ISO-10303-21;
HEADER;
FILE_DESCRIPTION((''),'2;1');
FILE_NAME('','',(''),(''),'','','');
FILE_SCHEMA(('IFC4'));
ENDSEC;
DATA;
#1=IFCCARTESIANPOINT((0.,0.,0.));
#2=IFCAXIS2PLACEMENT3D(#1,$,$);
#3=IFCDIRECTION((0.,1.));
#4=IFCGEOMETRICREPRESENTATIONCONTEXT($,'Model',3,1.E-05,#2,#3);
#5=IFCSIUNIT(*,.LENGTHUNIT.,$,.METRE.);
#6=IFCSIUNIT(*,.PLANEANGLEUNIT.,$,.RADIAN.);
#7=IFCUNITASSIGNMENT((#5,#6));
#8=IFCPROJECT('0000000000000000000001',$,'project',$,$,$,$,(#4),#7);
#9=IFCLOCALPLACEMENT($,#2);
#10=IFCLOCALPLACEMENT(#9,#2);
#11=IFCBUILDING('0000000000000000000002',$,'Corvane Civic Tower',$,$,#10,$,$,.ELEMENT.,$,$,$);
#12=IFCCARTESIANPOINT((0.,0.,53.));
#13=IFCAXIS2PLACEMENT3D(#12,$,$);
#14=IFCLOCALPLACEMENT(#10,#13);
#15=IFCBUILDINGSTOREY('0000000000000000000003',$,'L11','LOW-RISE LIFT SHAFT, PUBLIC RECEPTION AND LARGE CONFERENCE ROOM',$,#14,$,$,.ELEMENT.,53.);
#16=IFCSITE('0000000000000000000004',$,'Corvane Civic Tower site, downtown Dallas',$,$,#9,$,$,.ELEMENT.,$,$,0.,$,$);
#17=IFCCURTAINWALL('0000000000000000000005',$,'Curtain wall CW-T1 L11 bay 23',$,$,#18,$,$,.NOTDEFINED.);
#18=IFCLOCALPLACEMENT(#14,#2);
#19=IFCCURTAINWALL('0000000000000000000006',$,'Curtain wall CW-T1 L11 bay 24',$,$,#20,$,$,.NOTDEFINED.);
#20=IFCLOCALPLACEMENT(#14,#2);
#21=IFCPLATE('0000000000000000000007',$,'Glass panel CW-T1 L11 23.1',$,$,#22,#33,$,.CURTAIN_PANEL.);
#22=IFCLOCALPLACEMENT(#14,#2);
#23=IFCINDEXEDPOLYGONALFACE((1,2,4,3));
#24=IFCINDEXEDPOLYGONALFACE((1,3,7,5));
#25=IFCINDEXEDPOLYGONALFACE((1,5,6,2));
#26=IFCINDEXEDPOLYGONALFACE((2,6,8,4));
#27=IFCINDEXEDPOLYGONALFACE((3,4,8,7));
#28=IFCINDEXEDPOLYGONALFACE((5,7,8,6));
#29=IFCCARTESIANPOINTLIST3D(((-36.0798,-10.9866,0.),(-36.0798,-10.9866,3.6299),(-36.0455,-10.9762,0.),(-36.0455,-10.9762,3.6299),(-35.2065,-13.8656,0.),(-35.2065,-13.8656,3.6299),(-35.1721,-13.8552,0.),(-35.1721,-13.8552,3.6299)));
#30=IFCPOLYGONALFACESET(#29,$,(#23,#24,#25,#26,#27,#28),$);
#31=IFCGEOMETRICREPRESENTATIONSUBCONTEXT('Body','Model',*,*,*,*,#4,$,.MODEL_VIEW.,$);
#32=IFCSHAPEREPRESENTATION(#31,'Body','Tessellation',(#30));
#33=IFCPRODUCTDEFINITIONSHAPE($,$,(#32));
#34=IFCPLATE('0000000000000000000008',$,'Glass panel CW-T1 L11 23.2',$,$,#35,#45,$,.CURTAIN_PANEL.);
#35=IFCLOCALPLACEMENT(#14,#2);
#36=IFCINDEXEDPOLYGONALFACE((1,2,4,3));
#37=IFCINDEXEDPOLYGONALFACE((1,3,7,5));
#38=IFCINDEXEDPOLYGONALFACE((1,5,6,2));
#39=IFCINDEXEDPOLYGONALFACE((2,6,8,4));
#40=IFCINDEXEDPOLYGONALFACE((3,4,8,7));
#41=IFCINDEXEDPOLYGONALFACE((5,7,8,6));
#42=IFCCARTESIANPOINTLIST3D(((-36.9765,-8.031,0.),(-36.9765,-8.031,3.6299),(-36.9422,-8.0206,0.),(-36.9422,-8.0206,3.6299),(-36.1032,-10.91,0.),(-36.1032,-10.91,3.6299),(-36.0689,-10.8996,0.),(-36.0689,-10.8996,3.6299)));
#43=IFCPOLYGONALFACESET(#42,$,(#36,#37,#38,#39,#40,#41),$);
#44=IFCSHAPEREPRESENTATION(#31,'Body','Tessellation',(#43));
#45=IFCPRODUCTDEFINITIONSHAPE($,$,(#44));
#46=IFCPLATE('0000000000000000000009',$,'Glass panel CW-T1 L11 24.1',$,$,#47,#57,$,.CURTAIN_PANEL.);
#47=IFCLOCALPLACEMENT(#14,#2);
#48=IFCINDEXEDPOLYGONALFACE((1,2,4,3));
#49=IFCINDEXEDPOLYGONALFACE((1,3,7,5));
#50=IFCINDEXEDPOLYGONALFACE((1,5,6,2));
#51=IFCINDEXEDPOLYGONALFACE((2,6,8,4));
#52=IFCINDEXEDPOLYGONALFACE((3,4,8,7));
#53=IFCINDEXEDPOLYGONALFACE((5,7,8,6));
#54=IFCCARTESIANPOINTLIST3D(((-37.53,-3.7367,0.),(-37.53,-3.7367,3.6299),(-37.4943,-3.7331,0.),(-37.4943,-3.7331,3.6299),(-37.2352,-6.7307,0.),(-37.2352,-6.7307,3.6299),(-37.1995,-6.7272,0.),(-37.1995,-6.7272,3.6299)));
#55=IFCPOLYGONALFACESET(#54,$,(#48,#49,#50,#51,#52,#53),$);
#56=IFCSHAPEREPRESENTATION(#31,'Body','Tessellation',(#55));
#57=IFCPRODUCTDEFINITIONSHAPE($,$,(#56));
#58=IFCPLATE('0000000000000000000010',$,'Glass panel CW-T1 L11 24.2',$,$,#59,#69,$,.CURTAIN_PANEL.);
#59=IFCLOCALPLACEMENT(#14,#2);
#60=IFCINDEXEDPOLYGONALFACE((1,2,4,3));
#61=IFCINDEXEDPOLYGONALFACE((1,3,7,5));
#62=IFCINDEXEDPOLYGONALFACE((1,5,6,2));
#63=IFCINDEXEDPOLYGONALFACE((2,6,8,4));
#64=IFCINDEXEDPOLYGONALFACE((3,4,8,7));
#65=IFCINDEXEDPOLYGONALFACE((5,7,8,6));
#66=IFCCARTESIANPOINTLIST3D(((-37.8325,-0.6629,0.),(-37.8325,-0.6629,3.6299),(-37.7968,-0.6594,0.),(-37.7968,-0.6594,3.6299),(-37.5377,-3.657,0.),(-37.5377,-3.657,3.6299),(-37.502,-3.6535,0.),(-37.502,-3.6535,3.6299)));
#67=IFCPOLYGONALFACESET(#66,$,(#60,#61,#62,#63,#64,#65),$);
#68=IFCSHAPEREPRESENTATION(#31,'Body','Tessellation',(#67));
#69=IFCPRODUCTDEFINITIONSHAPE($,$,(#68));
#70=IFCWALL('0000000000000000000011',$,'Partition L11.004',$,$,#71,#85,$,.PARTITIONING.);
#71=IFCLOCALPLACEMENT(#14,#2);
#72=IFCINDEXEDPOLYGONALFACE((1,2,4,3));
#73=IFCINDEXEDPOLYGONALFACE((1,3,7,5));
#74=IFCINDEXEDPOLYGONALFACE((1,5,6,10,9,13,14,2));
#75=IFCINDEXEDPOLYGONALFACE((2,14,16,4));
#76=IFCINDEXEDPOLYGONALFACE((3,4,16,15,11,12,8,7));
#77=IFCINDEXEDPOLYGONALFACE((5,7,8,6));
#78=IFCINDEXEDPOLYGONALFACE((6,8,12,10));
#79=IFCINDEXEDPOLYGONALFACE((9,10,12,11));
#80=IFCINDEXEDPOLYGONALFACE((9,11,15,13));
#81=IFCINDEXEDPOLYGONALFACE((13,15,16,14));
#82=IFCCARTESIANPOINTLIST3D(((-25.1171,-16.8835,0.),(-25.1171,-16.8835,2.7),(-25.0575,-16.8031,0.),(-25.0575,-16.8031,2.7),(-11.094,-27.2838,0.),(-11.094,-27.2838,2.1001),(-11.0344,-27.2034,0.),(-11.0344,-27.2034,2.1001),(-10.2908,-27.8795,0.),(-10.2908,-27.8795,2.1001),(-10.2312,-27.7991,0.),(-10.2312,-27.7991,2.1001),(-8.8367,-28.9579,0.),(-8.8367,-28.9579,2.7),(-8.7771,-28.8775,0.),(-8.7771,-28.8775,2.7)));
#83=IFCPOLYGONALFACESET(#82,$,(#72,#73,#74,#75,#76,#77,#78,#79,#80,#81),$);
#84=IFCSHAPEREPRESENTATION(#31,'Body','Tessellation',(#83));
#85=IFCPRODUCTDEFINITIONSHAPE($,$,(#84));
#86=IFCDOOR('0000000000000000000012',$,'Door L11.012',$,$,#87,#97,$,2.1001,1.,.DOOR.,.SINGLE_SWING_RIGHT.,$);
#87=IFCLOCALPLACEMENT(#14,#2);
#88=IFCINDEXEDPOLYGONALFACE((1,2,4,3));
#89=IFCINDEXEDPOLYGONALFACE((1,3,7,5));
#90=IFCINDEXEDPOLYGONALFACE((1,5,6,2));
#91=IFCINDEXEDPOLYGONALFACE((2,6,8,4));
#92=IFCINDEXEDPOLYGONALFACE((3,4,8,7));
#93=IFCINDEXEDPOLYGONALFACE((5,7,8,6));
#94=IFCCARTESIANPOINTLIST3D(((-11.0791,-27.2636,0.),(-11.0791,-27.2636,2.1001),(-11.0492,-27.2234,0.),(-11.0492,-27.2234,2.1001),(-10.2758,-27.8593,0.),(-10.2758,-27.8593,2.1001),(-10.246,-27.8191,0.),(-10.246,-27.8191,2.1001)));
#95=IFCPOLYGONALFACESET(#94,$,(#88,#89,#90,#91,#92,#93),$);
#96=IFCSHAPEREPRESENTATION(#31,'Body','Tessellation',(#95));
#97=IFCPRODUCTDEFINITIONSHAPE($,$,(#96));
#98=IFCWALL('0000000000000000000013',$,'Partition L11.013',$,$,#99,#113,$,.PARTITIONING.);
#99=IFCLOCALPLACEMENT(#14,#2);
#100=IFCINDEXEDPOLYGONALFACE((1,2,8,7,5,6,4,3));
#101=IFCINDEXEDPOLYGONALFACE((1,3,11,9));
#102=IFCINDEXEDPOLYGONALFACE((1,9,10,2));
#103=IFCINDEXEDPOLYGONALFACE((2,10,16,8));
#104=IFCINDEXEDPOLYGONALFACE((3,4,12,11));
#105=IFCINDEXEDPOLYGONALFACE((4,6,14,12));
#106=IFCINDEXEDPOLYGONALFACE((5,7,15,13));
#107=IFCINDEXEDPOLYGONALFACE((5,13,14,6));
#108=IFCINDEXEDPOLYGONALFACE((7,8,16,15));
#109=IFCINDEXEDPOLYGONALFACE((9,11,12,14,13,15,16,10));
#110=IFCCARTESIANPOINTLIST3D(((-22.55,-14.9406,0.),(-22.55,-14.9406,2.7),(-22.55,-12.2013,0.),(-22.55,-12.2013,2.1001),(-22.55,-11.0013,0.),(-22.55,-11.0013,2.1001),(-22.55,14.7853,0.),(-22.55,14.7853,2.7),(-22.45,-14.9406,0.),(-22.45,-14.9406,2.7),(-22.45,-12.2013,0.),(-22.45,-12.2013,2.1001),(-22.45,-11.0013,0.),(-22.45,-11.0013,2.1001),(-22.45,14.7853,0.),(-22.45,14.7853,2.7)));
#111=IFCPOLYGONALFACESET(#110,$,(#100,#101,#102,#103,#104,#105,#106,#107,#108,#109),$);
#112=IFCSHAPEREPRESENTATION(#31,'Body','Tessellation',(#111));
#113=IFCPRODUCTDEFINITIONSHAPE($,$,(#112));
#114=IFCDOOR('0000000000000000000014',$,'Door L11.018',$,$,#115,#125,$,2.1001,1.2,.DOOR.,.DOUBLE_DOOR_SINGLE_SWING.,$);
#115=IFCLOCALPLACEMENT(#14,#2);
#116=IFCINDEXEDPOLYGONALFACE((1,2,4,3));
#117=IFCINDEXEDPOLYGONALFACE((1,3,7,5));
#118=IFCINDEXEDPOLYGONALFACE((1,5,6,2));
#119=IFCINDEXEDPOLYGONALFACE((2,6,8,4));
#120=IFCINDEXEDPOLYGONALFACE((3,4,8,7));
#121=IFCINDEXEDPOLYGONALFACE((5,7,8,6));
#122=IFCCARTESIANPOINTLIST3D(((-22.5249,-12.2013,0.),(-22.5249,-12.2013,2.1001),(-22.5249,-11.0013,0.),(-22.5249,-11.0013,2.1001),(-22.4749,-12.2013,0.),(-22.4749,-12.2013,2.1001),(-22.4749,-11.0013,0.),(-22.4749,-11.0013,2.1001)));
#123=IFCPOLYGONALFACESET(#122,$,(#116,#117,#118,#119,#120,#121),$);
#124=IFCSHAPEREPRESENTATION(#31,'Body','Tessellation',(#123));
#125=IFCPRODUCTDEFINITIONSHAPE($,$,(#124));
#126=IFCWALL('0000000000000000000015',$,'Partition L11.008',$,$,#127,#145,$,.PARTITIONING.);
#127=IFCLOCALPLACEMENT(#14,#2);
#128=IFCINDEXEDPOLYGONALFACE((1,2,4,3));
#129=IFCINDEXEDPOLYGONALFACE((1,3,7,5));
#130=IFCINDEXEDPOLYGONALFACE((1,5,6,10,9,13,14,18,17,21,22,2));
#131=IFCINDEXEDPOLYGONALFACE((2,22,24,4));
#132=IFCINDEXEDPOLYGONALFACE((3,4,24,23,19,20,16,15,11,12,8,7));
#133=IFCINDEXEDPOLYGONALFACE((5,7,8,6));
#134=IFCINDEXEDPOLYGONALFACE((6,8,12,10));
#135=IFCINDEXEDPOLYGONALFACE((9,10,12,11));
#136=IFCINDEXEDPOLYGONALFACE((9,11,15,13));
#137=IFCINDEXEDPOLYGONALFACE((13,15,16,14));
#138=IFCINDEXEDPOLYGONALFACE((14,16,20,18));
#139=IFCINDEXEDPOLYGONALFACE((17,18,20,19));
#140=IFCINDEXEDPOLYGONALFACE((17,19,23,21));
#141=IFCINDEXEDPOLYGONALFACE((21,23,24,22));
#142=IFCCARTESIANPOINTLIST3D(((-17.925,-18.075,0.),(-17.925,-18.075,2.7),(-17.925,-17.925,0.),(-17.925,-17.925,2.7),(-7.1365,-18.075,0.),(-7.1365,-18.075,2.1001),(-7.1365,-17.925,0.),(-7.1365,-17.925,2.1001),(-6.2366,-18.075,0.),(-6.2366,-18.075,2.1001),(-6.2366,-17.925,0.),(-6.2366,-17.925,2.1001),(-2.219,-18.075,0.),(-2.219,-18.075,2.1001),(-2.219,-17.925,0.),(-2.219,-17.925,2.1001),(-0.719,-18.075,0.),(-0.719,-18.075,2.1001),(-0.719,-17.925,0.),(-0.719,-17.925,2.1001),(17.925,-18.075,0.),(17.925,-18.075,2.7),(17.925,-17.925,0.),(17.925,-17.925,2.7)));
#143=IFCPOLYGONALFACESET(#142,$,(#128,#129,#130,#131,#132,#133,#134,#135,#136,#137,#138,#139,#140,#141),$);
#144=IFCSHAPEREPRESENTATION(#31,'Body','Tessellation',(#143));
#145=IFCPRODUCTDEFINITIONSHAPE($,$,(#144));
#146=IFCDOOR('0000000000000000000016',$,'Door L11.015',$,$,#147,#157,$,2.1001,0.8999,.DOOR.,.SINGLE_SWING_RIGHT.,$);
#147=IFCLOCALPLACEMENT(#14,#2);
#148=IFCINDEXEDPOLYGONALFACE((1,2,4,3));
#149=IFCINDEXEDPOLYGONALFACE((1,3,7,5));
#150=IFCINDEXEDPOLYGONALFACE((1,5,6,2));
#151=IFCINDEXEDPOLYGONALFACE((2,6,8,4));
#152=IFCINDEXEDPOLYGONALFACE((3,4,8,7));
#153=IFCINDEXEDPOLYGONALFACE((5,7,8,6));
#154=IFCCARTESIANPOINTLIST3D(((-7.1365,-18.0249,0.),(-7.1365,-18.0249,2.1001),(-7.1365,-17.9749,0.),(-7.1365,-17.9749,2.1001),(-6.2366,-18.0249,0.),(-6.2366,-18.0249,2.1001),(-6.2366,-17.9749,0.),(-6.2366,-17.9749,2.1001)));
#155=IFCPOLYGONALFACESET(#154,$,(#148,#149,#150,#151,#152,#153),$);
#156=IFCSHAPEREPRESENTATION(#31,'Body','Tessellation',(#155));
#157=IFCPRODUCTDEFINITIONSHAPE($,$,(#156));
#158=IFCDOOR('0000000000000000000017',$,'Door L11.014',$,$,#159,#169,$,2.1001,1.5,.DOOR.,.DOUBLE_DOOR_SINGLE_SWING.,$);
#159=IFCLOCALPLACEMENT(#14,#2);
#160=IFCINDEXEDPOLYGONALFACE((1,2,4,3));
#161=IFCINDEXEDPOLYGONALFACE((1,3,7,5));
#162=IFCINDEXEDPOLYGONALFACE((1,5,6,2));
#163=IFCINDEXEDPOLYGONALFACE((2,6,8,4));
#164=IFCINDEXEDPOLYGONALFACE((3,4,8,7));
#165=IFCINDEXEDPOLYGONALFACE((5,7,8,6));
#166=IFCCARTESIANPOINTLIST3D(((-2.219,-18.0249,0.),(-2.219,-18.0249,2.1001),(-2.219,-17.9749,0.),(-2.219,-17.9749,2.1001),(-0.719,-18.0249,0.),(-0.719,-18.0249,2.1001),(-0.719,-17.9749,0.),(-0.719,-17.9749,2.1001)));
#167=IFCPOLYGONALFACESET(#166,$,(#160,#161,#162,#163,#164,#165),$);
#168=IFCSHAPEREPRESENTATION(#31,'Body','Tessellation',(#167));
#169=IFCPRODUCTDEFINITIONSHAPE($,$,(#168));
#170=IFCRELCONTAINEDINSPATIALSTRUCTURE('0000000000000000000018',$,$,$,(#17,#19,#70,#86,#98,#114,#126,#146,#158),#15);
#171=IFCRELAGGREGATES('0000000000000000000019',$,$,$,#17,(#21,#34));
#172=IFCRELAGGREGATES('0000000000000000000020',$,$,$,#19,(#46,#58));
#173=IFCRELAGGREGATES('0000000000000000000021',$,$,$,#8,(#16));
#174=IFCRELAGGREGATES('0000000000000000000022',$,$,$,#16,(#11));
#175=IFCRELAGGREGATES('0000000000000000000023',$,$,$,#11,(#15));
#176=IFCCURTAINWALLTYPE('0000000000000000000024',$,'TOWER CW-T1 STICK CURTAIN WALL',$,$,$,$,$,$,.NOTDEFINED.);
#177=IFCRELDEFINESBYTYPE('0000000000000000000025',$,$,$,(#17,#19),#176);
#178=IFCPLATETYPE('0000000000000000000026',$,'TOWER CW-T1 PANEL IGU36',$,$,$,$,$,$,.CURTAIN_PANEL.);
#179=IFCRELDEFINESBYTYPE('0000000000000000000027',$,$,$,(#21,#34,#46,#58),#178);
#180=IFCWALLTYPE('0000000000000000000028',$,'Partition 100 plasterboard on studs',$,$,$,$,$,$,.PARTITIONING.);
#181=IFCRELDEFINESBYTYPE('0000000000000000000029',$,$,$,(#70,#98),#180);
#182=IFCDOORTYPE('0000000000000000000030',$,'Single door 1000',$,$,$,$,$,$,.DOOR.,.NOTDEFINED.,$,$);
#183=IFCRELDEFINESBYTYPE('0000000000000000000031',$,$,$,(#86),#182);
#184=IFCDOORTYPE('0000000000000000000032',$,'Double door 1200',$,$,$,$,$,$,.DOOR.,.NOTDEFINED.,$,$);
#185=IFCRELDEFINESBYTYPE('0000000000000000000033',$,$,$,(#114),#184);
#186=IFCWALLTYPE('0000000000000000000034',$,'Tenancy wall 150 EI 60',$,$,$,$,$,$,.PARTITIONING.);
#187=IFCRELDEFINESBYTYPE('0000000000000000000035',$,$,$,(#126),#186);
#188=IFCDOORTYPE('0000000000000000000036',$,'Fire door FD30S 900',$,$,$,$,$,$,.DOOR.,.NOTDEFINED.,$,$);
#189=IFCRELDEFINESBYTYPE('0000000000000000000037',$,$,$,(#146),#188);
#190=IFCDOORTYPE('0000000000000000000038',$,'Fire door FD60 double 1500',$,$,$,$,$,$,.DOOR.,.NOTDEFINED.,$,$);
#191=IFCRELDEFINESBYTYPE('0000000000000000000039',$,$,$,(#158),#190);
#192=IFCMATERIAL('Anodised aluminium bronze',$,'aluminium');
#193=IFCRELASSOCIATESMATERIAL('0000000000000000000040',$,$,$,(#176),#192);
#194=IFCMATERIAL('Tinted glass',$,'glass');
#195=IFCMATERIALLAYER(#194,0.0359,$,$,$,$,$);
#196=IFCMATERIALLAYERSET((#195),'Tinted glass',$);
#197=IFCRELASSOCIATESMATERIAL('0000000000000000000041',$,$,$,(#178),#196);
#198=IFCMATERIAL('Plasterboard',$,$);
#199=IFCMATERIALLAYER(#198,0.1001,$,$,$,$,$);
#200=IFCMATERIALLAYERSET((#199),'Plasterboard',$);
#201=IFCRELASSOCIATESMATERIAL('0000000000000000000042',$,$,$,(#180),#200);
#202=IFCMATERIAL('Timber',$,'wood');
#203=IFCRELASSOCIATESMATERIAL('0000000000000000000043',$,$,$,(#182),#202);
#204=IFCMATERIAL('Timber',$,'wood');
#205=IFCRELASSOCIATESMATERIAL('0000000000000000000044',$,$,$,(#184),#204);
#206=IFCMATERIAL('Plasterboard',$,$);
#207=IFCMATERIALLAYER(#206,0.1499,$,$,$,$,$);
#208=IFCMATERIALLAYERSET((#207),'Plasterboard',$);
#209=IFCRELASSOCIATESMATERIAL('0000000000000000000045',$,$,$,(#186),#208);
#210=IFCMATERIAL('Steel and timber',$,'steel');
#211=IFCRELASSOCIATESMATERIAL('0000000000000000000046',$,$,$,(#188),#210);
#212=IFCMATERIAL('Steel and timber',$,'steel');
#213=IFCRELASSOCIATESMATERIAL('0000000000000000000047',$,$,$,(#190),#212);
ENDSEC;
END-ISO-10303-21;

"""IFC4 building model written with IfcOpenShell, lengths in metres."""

from ifc_helpers import new_model, si_unit, direction, frame, frame_2d, origin, origin_2d, place, context, subcontext, project, spatial, rectangle, extrude, material, layer, layer_set, type_object, element, fill, aggregate, save


model = new_model("IFC4")

# Units and contexts
model_context = context("Model", 3, precision=1e-05, world=origin(), true_north=direction((0.0, 1.0)))
body_context = subcontext(model_context, "Body", "Model", "MODEL_VIEW")
ifc_project = project(units=[si_unit("LENGTHUNIT", "METRE"), si_unit("PLANEANGLEUNIT", "RADIAN")], contexts=[model_context])

# Site, building, storey
site_placement = place(None, origin())
site = spatial("IfcSite", under=ifc_project, at=site_placement, Name="Corvane Civic Tower site, downtown Dallas", CompositionType="ELEMENT", RefElevation=0.0)
building_placement = place(site_placement, origin())
building = spatial("IfcBuilding", under=site, at=building_placement, Name="Corvane Civic Tower", CompositionType="ELEMENT")
storey_placement = place(building_placement, frame((0.0, 0.0, 53.0)))
storey = spatial("IfcBuildingStorey", under=building, at=storey_placement, Name="L11", Description="LOW-RISE LIFT SHAFT, PUBLIC RECEPTION AND LARGE CONFERENCE ROOM", CompositionType="ELEMENT", Elevation=53.0)

# Shared definitions
ifc_material_1 = material(Name="Anodised aluminium bronze", Category="aluminium")
curtain_wall_type = type_object("IfcCurtainWallType", Name="TOWER CW-T1 STICK CURTAIN WALL", PredefinedType="NOTDEFINED", material=ifc_material_1)

# Curtain walls
curtain_wall_1_placement = place(storey_placement, origin())
curtain_wall_1 = element("IfcCurtainWall", 1, at=curtain_wall_1_placement, inside=storey, type_object=curtain_wall_type, Name="Curtain wall CW-T1 L11 bay 23", PredefinedType="NOTDEFINED")
curtain_wall_2_placement = place(storey_placement, origin())
curtain_wall_2 = element("IfcCurtainWall", 2, at=curtain_wall_2_placement, inside=storey, type_object=curtain_wall_type, Name="Curtain wall CW-T1 L11 bay 24", PredefinedType="NOTDEFINED")

# Plates
ifc_material_2 = material(Name="Tinted glass", Category="glass")
ifc_layer_1 = layer(ifc_material_2, 0.0359)
ifc_layer_set_1 = layer_set([ifc_layer_1], Name="Tinted glass")
plate_type = type_object("IfcPlateType", Name="TOWER CW-T1 PANEL IGU36", PredefinedType="CURTAIN_PANEL", material=ifc_layer_set_1)
plate_1_placement = place(storey_placement, frame((-35.626, -12.4209, 0.0), z_axis=(0.0, 0.0, 1.0), x_axis=(-0.290278, 0.956942, 0.0)))
plate_1 = element("IfcPlate", 3, at=plate_1_placement, type_object=plate_type, Name="Glass panel CW-T1 L11 23.1", PredefinedType="CURTAIN_PANEL", context=body_context, shape_type="SweptSolid", body=[
    extrude(rectangle(XDim=3.0085, YDim=0.0359, at=origin_2d()), origin(), (0.0, 0.0, 1.0), 3.6299),
])
plate_2_placement = place(storey_placement, frame((-36.5227, -9.4653, 0.0), z_axis=(0.0, 0.0, 1.0), x_axis=(-0.290278, 0.956942, 0.0)))
plate_2 = element("IfcPlate", 4, at=plate_2_placement, type_object=plate_type, Name="Glass panel CW-T1 L11 23.2", PredefinedType="CURTAIN_PANEL", context=body_context, shape_type="SweptSolid", body=[
    extrude(rectangle(XDim=3.0085, YDim=0.0359, at=origin_2d()), origin(), (0.0, 0.0, 1.0), 3.6299),
])
aggregate(curtain_wall_1, [plate_1, plate_2])
plate_3_placement = place(storey_placement, frame((-37.3647, -5.2319, 0.0), z_axis=(0.0, 0.0, 1.0), x_axis=(-0.098006, 0.995186, 0.0)))
plate_3 = element("IfcPlate", 5, at=plate_3_placement, type_object=plate_type, Name="Glass panel CW-T1 L11 24.1", PredefinedType="CURTAIN_PANEL", context=body_context, shape_type="SweptSolid", body=[
    extrude(rectangle(XDim=3.0085, YDim=0.0359, at=origin_2d()), origin(), (0.0, 0.0, 1.0), 3.6299),
])
plate_4_placement = place(storey_placement, frame((-37.6672, -2.1582, 0.0), z_axis=(0.0, 0.0, 1.0), x_axis=(-0.098006, 0.995186, 0.0)))
plate_4 = element("IfcPlate", 6, at=plate_4_placement, type_object=plate_type, Name="Glass panel CW-T1 L11 24.2", PredefinedType="CURTAIN_PANEL", context=body_context, shape_type="SweptSolid", body=[
    extrude(rectangle(XDim=3.0085, YDim=0.0359, at=origin_2d()), origin(), (0.0, 0.0, 1.0), 3.6299),
])
aggregate(curtain_wall_2, [plate_3, plate_4])

# Walls, openings, doors
ifc_material_3 = material(Name="Plasterboard")
ifc_layer_2 = layer(ifc_material_3, 0.1001)
ifc_layer_set_2 = layer_set([ifc_layer_2], Name="Plasterboard")
wall_type_1 = type_object("IfcWallType", Name="Partition 100 plasterboard on studs", PredefinedType="PARTITIONING", material=ifc_layer_set_2)
wall_1_placement = place(storey_placement, frame((-25.0874, -16.8433, 0.0), z_axis=(0.0, 0.0, 1.0), x_axis=(0.803207, -0.5957, 0.0)))
wall_1 = element("IfcWall", 7, at=wall_1_placement, inside=storey, type_object=wall_type_1, Name="Partition L11.004", PredefinedType="PARTITIONING", context=body_context, shape_type="SweptSolid", body=[
    extrude(rectangle(XDim=20.2693, YDim=0.1001, at=frame_2d((10.1348, 0.0))), origin(), (0.0, 0.0, 1.0), 2.7),
])
opening_1_placement = place(wall_1_placement, frame((17.459, 0.0, 0.0)))
opening_1 = element("IfcOpeningElement", 8, at=opening_1_placement, cuts=wall_1, PredefinedType="OPENING", context=body_context, shape_type="SweptSolid", body=[
    extrude(rectangle(XDim=1.0, YDim=2.1001, at=frame_2d((0.5, 1.05))), frame((0.0, 0.0601, 0.0), z_axis=(0.0, -1.0, 0.0), x_axis=(1.0, 0.0, 0.0)), (0.0, 0.0, 1.0), 0.1201),
])
ifc_material_4 = material(Name="Timber", Category="wood")
door_type_1 = type_object("IfcDoorType", Name="Single door 1000", OperationType="NOTDEFINED", PredefinedType="DOOR", material=ifc_material_4)
door_1_placement = place(opening_1_placement, frame((1.0, 0.0, 0.0), z_axis=(0.0, 0.0, 1.0), x_axis=(-1.0, 0.0, 0.0)))
door_1 = element("IfcDoor", 9, at=door_1_placement, inside=storey, type_object=door_type_1, Name="Door L11.012", OperationType="SINGLE_SWING_RIGHT", OverallHeight=2.1001, OverallWidth=1.0, PredefinedType="DOOR", context=body_context, shape_type="SweptSolid", body=[
    extrude(rectangle(XDim=1.0, YDim=2.1001, at=frame_2d((0.5, 1.05))), frame((0.0, 0.0249, 0.0), z_axis=(0.0, -1.0, 0.0), x_axis=(1.0, 0.0, 0.0)), (0.0, 0.0, 1.0), 0.05),
])
fill(opening_1, door_1)
wall_2_placement = place(storey_placement, frame((-22.5, -14.9404, 0.0), z_axis=(0.0, 0.0, 1.0), x_axis=(0.0, 1.0, 0.0)))
wall_2 = element("IfcWall", 10, at=wall_2_placement, inside=storey, type_object=wall_type_1, Name="Partition L11.013", PredefinedType="PARTITIONING", context=body_context, shape_type="SweptSolid", body=[
    extrude(rectangle(XDim=29.7258, YDim=0.1001, at=frame_2d((14.8628, 0.0))), origin(), (0.0, 0.0, 1.0), 2.7),
])
opening_2_placement = place(wall_2_placement, frame((2.739, 0.0, 0.0)))
opening_2 = element("IfcOpeningElement", 11, at=opening_2_placement, cuts=wall_2, PredefinedType="OPENING", context=body_context, shape_type="SweptSolid", body=[
    extrude(rectangle(XDim=1.2, YDim=2.1001, at=frame_2d((0.6001, 1.05))), frame((0.0, 0.0601, 0.0), z_axis=(0.0, -1.0, 0.0), x_axis=(1.0, 0.0, 0.0)), (0.0, 0.0, 1.0), 0.1201),
])
ifc_material_5 = material(Name="Timber", Category="wood")
door_type_2 = type_object("IfcDoorType", Name="Double door 1200", OperationType="NOTDEFINED", PredefinedType="DOOR", material=ifc_material_5)
door_2_placement = place(opening_2_placement, origin())
door_2 = element("IfcDoor", 12, at=door_2_placement, inside=storey, type_object=door_type_2, Name="Door L11.018", OperationType="DOUBLE_DOOR_SINGLE_SWING", OverallHeight=2.1001, OverallWidth=1.2, PredefinedType="DOOR", context=body_context, shape_type="SweptSolid", body=[
    extrude(rectangle(XDim=1.2, YDim=2.1001, at=frame_2d((0.6001, 1.05))), frame((0.0, 0.0249, 0.0), z_axis=(0.0, -1.0, 0.0), x_axis=(1.0, 0.0, 0.0)), (0.0, 0.0, 1.0), 0.05),
])
fill(opening_2, door_2)

# Wall, openings, doors
ifc_material_6 = material(Name="Plasterboard")
ifc_layer_3 = layer(ifc_material_6, 0.1499)
ifc_layer_set_3 = layer_set([ifc_layer_3], Name="Plasterboard")
wall_type_2 = type_object("IfcWallType", Name="Tenancy wall 150 EI 60", PredefinedType="PARTITIONING", material=ifc_layer_set_3)
wall_3_placement = place(storey_placement, frame((-17.925, -18.0, 0.0), z_axis=(0.0, 0.0, 1.0), x_axis=(1.0, 0.0, 0.0)))
wall_3 = element("IfcWall", 13, at=wall_3_placement, inside=storey, type_object=wall_type_2, Name="Partition L11.008", PredefinedType="PARTITIONING", context=body_context, shape_type="SweptSolid", body=[
    extrude(rectangle(XDim=35.8501, YDim=0.1499, at=frame_2d((17.925, 0.0))), origin(), (0.0, 0.0, 1.0), 2.7),
])
opening_3_placement = place(wall_3_placement, frame((15.7061, 0.0, 0.0)))
opening_3 = element("IfcOpeningElement", 14, at=opening_3_placement, cuts=wall_3, PredefinedType="OPENING", context=body_context, shape_type="SweptSolid", body=[
    extrude(rectangle(XDim=1.5, YDim=2.1001, at=frame_2d((0.75, 1.05))), frame((0.0, 0.085, 0.0), z_axis=(0.0, -1.0, 0.0), x_axis=(1.0, 0.0, 0.0)), (0.0, 0.0, 1.0), 0.1699),
])
opening_4_placement = place(wall_3_placement, frame((10.7886, 0.0, 0.0)))
opening_4 = element("IfcOpeningElement", 15, at=opening_4_placement, cuts=wall_3, PredefinedType="OPENING", context=body_context, shape_type="SweptSolid", body=[
    extrude(rectangle(XDim=0.8999, YDim=2.1001, at=frame_2d((0.45, 1.05))), frame((0.0, 0.085, 0.0), z_axis=(0.0, -1.0, 0.0), x_axis=(1.0, 0.0, 0.0)), (0.0, 0.0, 1.0), 0.1699),
])
ifc_material_7 = material(Name="Steel and timber", Category="steel")
door_type_3 = type_object("IfcDoorType", Name="Fire door FD30S 900", OperationType="NOTDEFINED", PredefinedType="DOOR", material=ifc_material_7)
door_3_placement = place(opening_4_placement, frame((0.8999, 0.0, 0.0), z_axis=(0.0, 0.0, 1.0), x_axis=(-1.0, 0.0, 0.0)))
door_3 = element("IfcDoor", 16, at=door_3_placement, inside=storey, type_object=door_type_3, Name="Door L11.015", OperationType="SINGLE_SWING_RIGHT", OverallHeight=2.1001, OverallWidth=0.8999, PredefinedType="DOOR", context=body_context, shape_type="SweptSolid", body=[
    extrude(rectangle(XDim=0.8999, YDim=2.1001, at=frame_2d((0.45, 1.05))), frame((0.0, 0.0249, 0.0), z_axis=(0.0, -1.0, 0.0), x_axis=(1.0, 0.0, 0.0)), (0.0, 0.0, 1.0), 0.05),
])
fill(opening_4, door_3)
ifc_material_8 = material(Name="Steel and timber", Category="steel")
door_type_4 = type_object("IfcDoorType", Name="Fire door FD60 double 1500", OperationType="NOTDEFINED", PredefinedType="DOOR", material=ifc_material_8)
door_4_placement = place(opening_3_placement, frame((1.5, 0.0, 0.0), z_axis=(0.0, 0.0, 1.0), x_axis=(-1.0, 0.0, 0.0)))
door_4 = element("IfcDoor", 17, at=door_4_placement, inside=storey, type_object=door_type_4, Name="Door L11.014", OperationType="DOUBLE_DOOR_SINGLE_SWING", OverallHeight=2.1001, OverallWidth=1.5, PredefinedType="DOOR", context=body_context, shape_type="SweptSolid", body=[
    extrude(rectangle(XDim=1.5, YDim=2.1001, at=frame_2d((0.75, 1.05))), frame((0.0, 0.0249, 0.0), z_axis=(0.0, -1.0, 0.0), x_axis=(1.0, 0.0, 0.0)), (0.0, 0.0, 1.0), 0.05),
])
fill(opening_3, door_4)

save(model, "model.ifc")
